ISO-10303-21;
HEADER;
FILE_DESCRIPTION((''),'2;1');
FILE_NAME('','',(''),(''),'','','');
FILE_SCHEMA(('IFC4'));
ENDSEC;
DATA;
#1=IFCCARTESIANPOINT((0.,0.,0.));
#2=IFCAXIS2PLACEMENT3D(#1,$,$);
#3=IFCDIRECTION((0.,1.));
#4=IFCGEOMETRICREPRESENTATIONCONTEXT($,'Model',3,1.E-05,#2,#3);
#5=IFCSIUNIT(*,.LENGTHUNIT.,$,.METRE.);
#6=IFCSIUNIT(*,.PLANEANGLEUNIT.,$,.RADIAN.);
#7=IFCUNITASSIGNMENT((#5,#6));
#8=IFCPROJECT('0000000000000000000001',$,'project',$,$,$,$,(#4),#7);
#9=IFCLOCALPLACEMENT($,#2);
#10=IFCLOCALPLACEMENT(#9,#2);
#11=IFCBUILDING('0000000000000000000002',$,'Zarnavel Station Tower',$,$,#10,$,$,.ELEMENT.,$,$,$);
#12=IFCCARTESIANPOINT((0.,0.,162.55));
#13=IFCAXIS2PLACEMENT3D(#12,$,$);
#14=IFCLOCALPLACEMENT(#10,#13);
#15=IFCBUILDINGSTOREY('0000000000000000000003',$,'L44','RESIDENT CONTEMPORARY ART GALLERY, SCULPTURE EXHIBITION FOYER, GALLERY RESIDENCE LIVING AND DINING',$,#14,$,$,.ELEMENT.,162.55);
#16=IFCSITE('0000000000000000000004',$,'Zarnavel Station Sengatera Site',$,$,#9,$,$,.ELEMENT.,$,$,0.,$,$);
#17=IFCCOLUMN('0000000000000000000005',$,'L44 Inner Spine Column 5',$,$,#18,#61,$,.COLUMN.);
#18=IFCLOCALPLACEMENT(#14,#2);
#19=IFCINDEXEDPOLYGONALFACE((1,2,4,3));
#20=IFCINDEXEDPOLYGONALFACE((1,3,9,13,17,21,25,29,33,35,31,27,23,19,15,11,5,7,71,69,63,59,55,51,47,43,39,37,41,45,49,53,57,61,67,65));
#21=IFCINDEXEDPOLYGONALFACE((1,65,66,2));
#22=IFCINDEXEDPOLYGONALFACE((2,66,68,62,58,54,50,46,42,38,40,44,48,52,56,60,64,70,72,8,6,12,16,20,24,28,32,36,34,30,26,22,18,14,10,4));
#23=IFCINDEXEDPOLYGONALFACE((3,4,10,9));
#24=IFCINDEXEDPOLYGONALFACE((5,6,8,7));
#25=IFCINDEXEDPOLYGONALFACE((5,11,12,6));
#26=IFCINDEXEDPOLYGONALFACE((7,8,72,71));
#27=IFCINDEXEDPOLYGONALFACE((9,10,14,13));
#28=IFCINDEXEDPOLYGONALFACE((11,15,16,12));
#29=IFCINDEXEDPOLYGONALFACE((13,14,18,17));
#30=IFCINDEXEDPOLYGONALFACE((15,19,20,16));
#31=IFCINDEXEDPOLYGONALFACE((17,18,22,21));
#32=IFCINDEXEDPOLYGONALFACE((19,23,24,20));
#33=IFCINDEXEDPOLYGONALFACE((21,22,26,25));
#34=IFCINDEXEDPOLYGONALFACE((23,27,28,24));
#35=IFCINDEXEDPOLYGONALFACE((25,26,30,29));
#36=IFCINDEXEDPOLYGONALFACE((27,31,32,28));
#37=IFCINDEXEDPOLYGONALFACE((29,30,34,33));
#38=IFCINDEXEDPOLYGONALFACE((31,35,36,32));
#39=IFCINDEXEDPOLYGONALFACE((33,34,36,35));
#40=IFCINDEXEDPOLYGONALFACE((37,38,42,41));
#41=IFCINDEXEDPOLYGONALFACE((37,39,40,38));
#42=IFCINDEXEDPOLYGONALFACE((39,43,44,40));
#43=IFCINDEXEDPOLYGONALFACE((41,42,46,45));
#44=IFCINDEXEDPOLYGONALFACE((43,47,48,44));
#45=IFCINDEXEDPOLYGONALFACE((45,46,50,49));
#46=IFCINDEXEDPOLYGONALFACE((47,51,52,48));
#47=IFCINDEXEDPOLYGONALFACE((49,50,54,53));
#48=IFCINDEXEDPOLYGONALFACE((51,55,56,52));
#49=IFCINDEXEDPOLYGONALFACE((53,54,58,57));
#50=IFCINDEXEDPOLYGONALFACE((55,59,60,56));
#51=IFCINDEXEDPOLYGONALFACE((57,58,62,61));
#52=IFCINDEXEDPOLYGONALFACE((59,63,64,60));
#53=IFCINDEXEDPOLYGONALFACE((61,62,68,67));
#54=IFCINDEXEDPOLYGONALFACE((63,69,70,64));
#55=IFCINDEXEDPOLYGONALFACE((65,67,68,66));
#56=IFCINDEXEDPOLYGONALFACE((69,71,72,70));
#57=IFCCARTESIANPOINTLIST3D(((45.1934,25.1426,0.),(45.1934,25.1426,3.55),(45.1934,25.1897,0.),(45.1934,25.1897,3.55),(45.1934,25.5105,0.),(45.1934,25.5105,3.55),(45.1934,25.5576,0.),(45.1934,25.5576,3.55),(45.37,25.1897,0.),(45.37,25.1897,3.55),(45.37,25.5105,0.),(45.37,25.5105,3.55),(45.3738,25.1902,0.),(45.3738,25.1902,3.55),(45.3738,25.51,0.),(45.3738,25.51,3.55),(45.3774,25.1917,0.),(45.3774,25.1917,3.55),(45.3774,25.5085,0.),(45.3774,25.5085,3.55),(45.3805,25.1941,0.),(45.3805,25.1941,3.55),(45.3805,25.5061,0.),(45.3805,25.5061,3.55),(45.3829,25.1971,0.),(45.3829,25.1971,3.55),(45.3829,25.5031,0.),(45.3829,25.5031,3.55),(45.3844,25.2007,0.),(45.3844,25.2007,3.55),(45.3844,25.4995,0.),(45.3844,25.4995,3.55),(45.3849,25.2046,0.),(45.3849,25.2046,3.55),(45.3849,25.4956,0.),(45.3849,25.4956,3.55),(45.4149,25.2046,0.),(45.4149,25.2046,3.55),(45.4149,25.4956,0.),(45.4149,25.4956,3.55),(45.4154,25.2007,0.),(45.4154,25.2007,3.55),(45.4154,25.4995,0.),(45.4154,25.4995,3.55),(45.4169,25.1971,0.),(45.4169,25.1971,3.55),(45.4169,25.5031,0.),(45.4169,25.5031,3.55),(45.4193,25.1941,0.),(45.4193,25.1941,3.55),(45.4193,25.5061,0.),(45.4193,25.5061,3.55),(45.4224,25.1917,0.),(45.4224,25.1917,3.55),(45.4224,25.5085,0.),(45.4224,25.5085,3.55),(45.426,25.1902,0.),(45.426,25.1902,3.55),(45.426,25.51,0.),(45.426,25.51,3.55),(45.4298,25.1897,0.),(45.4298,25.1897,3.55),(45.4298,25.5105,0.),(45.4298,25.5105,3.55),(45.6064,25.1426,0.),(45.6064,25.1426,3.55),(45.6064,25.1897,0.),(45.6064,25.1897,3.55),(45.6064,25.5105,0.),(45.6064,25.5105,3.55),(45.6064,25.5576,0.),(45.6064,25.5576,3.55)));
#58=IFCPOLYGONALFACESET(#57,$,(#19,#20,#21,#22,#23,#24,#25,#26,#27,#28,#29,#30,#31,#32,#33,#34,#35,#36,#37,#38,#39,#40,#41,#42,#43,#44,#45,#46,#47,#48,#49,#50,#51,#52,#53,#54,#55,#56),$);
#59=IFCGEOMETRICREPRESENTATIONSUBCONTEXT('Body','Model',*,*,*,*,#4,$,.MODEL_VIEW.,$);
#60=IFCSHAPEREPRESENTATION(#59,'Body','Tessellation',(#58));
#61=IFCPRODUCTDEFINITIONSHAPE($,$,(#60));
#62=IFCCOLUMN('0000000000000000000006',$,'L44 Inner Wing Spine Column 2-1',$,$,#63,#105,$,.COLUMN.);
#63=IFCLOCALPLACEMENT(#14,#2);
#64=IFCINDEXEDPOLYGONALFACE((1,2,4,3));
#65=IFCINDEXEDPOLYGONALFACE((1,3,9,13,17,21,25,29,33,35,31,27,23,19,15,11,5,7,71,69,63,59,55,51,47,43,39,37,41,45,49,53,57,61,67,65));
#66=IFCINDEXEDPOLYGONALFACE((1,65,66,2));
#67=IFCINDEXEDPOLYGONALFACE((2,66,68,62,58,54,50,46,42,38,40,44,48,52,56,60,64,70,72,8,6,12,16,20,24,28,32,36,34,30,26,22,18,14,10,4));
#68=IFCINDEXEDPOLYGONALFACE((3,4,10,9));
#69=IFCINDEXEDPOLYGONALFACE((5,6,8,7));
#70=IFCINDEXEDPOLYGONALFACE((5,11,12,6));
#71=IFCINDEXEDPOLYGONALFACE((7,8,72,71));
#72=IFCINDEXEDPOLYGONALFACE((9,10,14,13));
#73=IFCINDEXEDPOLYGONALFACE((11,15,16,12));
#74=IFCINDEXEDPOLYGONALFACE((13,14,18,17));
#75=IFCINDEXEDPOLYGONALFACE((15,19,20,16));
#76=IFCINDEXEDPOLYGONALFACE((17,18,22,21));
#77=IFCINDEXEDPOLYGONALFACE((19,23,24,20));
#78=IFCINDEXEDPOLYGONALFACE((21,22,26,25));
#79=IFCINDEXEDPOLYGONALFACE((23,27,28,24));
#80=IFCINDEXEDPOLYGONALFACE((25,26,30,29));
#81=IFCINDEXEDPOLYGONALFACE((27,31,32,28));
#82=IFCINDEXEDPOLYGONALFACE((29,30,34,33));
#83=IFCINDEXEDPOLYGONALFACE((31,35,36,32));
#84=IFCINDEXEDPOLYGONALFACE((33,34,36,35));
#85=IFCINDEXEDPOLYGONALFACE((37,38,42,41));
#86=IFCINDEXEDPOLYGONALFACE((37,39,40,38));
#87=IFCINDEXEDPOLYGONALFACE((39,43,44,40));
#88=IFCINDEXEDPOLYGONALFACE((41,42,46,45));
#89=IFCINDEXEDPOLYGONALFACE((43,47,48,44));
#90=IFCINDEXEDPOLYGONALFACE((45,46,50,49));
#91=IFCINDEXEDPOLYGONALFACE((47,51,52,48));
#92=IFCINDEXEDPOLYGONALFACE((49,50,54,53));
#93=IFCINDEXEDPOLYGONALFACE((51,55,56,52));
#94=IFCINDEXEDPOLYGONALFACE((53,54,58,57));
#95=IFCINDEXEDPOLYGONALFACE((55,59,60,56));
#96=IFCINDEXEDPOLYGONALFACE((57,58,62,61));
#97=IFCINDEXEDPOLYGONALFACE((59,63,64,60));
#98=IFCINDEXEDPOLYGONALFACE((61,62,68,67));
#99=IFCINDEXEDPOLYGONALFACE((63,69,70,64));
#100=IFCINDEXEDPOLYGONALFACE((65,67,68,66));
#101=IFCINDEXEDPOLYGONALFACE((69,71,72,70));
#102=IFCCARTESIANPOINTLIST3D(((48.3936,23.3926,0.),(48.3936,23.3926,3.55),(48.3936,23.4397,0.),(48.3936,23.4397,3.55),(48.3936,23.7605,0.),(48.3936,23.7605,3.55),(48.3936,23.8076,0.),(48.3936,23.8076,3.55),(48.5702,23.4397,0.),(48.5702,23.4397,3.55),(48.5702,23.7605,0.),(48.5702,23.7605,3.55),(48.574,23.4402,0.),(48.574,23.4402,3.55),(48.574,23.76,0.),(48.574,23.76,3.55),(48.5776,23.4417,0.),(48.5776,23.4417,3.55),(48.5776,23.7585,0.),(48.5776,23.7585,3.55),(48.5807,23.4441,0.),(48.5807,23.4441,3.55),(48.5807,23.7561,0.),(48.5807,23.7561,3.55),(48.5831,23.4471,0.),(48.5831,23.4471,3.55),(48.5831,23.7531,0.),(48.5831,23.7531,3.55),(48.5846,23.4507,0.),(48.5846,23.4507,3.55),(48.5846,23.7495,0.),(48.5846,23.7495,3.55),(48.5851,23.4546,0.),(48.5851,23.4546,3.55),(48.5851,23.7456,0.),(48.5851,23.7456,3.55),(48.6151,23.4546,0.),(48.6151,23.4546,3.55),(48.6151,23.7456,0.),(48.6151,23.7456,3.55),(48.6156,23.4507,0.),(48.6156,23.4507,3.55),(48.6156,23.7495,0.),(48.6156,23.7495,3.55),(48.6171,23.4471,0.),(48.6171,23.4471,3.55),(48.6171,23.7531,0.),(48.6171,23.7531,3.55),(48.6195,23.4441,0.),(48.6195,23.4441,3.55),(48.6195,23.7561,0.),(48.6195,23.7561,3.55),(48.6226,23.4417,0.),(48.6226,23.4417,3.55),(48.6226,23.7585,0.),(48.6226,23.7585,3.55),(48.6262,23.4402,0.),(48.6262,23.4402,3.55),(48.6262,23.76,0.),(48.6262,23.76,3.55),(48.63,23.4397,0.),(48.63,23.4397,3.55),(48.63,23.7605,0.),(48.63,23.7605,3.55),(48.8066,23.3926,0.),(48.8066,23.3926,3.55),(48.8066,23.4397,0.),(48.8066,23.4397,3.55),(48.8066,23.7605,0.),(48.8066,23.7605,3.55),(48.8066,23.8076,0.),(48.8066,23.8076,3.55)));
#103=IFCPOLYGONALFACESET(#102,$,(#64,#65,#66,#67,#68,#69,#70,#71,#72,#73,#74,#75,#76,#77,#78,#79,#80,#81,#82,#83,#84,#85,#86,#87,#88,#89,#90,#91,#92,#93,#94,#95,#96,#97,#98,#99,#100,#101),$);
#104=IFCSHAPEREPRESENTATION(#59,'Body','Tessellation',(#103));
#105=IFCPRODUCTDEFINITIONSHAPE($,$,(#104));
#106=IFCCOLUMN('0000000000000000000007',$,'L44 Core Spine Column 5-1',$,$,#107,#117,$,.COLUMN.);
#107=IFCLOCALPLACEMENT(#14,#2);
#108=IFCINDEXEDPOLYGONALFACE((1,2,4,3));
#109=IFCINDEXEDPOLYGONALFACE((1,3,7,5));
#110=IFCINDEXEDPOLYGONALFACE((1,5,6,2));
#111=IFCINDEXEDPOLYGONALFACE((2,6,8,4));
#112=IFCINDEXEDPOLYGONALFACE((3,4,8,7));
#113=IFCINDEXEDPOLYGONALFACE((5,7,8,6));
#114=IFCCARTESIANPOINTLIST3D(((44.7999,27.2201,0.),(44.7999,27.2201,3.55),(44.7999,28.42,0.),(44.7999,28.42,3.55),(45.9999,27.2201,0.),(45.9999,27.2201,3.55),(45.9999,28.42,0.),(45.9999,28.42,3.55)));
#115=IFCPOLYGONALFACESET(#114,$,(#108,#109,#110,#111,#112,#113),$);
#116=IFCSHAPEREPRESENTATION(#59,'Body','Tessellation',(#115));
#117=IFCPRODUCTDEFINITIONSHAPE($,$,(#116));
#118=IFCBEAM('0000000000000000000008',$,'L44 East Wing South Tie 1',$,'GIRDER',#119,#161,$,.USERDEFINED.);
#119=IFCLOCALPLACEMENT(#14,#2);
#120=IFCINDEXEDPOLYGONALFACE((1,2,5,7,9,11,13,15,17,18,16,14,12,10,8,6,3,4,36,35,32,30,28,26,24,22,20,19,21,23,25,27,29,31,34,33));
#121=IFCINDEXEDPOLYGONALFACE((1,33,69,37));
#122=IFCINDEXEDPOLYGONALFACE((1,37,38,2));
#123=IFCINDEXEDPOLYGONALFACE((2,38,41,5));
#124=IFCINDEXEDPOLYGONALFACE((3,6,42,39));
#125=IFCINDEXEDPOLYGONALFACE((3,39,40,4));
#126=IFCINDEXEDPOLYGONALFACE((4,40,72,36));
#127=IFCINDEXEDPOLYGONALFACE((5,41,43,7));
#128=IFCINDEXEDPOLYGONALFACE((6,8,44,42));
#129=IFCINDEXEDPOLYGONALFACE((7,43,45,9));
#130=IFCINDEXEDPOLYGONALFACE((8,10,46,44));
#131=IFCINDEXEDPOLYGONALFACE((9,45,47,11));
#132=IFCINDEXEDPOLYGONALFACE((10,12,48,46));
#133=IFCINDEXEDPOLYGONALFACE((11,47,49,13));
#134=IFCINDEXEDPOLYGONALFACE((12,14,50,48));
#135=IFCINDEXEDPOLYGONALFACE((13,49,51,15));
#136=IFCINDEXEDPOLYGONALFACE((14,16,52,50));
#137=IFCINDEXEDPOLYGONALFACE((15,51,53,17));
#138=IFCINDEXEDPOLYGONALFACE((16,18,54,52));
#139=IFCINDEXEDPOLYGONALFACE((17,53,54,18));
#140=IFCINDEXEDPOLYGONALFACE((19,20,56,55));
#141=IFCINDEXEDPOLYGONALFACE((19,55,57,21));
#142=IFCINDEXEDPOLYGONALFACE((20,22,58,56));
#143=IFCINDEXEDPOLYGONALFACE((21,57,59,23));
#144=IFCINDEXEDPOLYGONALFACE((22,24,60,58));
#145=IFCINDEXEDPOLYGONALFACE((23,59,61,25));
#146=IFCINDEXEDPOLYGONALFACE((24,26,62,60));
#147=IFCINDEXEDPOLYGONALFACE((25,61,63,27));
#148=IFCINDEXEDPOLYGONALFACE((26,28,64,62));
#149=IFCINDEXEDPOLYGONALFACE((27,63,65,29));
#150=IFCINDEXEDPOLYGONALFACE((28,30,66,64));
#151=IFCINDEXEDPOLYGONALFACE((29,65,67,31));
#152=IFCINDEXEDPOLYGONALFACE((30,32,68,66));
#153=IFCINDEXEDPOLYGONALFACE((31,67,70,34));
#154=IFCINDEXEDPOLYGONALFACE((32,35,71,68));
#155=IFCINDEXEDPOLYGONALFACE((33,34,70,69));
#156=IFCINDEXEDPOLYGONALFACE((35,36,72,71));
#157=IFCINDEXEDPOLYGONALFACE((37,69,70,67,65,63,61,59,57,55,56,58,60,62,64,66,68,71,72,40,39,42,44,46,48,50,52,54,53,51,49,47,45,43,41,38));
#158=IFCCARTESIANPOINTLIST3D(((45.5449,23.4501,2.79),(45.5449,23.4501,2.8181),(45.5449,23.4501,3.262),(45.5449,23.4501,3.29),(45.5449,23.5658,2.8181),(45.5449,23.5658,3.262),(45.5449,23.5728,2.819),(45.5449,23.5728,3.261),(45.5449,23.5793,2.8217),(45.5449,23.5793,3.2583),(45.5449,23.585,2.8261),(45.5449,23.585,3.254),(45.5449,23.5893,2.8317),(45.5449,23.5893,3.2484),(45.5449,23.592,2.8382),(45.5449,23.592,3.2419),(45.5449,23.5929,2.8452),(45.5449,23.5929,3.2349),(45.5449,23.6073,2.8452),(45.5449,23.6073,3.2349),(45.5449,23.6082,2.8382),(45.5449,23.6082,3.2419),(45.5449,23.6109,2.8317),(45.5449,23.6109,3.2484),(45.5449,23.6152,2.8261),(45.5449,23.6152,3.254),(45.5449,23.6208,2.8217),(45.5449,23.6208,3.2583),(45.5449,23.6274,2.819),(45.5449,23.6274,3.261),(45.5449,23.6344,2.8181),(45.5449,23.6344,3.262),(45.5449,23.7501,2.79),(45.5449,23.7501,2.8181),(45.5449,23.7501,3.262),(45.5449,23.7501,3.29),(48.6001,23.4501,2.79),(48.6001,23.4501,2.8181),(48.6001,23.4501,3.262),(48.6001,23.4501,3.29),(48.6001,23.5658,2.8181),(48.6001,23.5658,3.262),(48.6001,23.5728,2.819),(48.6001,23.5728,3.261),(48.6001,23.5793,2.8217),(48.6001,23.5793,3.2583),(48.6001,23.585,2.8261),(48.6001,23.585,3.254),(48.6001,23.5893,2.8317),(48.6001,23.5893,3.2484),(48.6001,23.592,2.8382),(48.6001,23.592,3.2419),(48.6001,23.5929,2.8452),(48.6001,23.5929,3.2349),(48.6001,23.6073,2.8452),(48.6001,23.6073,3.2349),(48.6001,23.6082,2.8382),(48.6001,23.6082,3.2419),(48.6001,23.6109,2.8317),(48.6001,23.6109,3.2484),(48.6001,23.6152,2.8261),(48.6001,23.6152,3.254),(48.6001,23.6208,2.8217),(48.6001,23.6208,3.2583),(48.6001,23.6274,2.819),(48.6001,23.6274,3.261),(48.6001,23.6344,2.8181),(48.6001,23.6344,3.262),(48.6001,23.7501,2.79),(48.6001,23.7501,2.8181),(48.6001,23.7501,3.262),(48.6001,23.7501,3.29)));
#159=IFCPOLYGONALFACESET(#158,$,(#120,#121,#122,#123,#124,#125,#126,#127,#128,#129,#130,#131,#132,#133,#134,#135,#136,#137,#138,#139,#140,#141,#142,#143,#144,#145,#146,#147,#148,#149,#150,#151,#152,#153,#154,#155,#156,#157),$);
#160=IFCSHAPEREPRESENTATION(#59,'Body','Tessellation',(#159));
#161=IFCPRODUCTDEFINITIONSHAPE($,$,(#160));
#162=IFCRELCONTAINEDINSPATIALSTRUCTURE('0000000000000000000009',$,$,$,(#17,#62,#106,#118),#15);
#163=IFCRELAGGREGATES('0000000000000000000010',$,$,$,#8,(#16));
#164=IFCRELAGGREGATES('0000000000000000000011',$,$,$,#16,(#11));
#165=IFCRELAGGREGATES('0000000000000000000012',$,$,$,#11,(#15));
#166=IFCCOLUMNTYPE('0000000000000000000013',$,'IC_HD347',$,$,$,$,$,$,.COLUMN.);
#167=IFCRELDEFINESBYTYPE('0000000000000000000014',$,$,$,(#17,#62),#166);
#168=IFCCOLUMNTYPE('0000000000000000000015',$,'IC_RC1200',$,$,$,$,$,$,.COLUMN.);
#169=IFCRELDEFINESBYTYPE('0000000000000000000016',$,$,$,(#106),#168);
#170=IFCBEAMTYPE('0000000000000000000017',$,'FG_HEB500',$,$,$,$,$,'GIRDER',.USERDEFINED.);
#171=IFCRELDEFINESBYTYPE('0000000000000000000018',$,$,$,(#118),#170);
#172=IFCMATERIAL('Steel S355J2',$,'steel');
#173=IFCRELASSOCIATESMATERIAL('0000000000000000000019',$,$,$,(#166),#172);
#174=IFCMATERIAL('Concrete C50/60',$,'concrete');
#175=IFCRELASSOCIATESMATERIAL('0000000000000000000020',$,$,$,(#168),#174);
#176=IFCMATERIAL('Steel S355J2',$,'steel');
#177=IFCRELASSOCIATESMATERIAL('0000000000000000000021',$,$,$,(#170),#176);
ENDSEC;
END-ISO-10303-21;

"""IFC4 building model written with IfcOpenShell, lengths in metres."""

from ifc_helpers import new_model, si_unit, direction, frame, origin, origin_2d, place, context, subcontext, project, spatial, rectangle, i_section, extrude, material, material_profile, profile_set, type_object, element, save


model = new_model("IFC4")

# Units and contexts
model_context = context("Model", 3, precision=1e-05, world=origin(), true_north=direction((0.0, 1.0)))
body_context = subcontext(model_context, "Body", "Model", "MODEL_VIEW")
ifc_project = project(units=[si_unit("LENGTHUNIT", "METRE"), si_unit("PLANEANGLEUNIT", "RADIAN")], contexts=[model_context])

# Site, building, storey
site_placement = place(None, origin())
site = spatial("IfcSite", under=ifc_project, at=site_placement, Name="Zarnavel Station Sengatera Site", CompositionType="ELEMENT", RefElevation=0.0)
building_placement = place(site_placement, origin())
building = spatial("IfcBuilding", under=site, at=building_placement, Name="Zarnavel Station Tower", CompositionType="ELEMENT")
storey_placement = place(building_placement, frame((0.0, 0.0, 162.55)))
storey = spatial("IfcBuildingStorey", under=building, at=storey_placement, Name="L44", Description="RESIDENT CONTEMPORARY ART GALLERY, SCULPTURE EXHIBITION FOYER, GALLERY RESIDENCE LIVING AND DINING", CompositionType="ELEMENT", Elevation=162.55)

# Columns
ifc_material_1 = material(Name="Steel S355J2", Category="steel")
ifc_material_profile_1 = material_profile(ifc_material_1, i_section(OverallWidth=0.4131, OverallDepth=0.415, WebThickness=0.03, FlangeThickness=0.0471, FilletRadius=0.0149, at=origin_2d()), Name="HD400x347")
ifc_profile_set_1 = profile_set([ifc_material_profile_1], Name="Steel S355J2")
column_type_1 = type_object("IfcColumnType", Name="IC_HD347", PredefinedType="COLUMN", material=ifc_profile_set_1)
for number, where, z_axis, x_axis, name in (
    (1, (45.3999, 25.3501, 0.0), (0.0, 0.0, 1.0), (1.0, 0.0, 0.0), "L44 Inner Spine Column 5"),
    (2, (48.6001, 23.6001, 0.0), (0.0, 0.0, 1.0), (1.0, 0.0, 0.0), "L44 Inner Wing Spine Column 2-1"),
):
    element("IfcColumn", number, at=place(storey_placement, frame(where, z_axis=z_axis, x_axis=x_axis)), inside=storey, type_object=column_type_1, Name=name, PredefinedType="COLUMN", context=body_context, shape_type="SweptSolid", body=[
        extrude(i_section(OverallWidth=0.4131, OverallDepth=0.415, WebThickness=0.03, FlangeThickness=0.0471, FilletRadius=0.0149, at=origin_2d()), origin(), (0.0, 0.0, 1.0), 3.55),
    ])
ifc_material_2 = material(Name="Concrete C50/60", Category="concrete")
ifc_material_profile_2 = material_profile(ifc_material_2, rectangle(XDim=1.2, YDim=1.2, at=origin_2d()), Name="RC1200x1200")
ifc_profile_set_2 = profile_set([ifc_material_profile_2], Name="Concrete C50/60")
column_type_2 = type_object("IfcColumnType", Name="IC_RC1200", PredefinedType="COLUMN", material=ifc_profile_set_2)
column_placement = place(storey_placement, frame((45.3999, 27.8201, 0.0), z_axis=(0.0, 0.0, 1.0), x_axis=(1.0, 0.0, 0.0)))
element("IfcColumn", 3, at=column_placement, inside=storey, type_object=column_type_2, Name="L44 Core Spine Column 5-1", PredefinedType="COLUMN", context=body_context, shape_type="SweptSolid", body=[
    extrude(rectangle(XDim=1.2, YDim=1.2, at=origin_2d()), origin(), (0.0, 0.0, 1.0), 3.55),
])

# Beam
ifc_material_3 = material(Name="Steel S355J2", Category="steel")
ifc_material_profile_3 = material_profile(ifc_material_3, i_section(OverallWidth=0.3, OverallDepth=0.5, WebThickness=0.0144, FlangeThickness=0.0281, FilletRadius=0.0271, at=origin_2d()), Name="HEB500")
ifc_profile_set_3 = profile_set([ifc_material_profile_3], Name="Steel S355J2")
beam_type_1 = type_object("IfcBeamType", Name="FG_HEB500", ElementType="GIRDER", PredefinedType="USERDEFINED", material=ifc_profile_set_3)
beam_1_placement = place(storey_placement, frame((45.5449, 23.6001, 3.04), z_axis=(1.0, 0.0, 0.0), x_axis=(0.0, 1.0, 0.0)))
element("IfcBeam", 4, at=beam_1_placement, inside=storey, type_object=beam_type_1, Name="L44 East Wing South Tie 1", ObjectType="GIRDER", PredefinedType="USERDEFINED", context=body_context, shape_type="SweptSolid", body=[
    extrude(i_section(OverallWidth=0.3, OverallDepth=0.5, WebThickness=0.0144, FlangeThickness=0.0281, FilletRadius=0.0271, at=origin_2d()), origin(), (0.0, 0.0, 1.0), 3.0552),
])

save(model, "model.ifc")
